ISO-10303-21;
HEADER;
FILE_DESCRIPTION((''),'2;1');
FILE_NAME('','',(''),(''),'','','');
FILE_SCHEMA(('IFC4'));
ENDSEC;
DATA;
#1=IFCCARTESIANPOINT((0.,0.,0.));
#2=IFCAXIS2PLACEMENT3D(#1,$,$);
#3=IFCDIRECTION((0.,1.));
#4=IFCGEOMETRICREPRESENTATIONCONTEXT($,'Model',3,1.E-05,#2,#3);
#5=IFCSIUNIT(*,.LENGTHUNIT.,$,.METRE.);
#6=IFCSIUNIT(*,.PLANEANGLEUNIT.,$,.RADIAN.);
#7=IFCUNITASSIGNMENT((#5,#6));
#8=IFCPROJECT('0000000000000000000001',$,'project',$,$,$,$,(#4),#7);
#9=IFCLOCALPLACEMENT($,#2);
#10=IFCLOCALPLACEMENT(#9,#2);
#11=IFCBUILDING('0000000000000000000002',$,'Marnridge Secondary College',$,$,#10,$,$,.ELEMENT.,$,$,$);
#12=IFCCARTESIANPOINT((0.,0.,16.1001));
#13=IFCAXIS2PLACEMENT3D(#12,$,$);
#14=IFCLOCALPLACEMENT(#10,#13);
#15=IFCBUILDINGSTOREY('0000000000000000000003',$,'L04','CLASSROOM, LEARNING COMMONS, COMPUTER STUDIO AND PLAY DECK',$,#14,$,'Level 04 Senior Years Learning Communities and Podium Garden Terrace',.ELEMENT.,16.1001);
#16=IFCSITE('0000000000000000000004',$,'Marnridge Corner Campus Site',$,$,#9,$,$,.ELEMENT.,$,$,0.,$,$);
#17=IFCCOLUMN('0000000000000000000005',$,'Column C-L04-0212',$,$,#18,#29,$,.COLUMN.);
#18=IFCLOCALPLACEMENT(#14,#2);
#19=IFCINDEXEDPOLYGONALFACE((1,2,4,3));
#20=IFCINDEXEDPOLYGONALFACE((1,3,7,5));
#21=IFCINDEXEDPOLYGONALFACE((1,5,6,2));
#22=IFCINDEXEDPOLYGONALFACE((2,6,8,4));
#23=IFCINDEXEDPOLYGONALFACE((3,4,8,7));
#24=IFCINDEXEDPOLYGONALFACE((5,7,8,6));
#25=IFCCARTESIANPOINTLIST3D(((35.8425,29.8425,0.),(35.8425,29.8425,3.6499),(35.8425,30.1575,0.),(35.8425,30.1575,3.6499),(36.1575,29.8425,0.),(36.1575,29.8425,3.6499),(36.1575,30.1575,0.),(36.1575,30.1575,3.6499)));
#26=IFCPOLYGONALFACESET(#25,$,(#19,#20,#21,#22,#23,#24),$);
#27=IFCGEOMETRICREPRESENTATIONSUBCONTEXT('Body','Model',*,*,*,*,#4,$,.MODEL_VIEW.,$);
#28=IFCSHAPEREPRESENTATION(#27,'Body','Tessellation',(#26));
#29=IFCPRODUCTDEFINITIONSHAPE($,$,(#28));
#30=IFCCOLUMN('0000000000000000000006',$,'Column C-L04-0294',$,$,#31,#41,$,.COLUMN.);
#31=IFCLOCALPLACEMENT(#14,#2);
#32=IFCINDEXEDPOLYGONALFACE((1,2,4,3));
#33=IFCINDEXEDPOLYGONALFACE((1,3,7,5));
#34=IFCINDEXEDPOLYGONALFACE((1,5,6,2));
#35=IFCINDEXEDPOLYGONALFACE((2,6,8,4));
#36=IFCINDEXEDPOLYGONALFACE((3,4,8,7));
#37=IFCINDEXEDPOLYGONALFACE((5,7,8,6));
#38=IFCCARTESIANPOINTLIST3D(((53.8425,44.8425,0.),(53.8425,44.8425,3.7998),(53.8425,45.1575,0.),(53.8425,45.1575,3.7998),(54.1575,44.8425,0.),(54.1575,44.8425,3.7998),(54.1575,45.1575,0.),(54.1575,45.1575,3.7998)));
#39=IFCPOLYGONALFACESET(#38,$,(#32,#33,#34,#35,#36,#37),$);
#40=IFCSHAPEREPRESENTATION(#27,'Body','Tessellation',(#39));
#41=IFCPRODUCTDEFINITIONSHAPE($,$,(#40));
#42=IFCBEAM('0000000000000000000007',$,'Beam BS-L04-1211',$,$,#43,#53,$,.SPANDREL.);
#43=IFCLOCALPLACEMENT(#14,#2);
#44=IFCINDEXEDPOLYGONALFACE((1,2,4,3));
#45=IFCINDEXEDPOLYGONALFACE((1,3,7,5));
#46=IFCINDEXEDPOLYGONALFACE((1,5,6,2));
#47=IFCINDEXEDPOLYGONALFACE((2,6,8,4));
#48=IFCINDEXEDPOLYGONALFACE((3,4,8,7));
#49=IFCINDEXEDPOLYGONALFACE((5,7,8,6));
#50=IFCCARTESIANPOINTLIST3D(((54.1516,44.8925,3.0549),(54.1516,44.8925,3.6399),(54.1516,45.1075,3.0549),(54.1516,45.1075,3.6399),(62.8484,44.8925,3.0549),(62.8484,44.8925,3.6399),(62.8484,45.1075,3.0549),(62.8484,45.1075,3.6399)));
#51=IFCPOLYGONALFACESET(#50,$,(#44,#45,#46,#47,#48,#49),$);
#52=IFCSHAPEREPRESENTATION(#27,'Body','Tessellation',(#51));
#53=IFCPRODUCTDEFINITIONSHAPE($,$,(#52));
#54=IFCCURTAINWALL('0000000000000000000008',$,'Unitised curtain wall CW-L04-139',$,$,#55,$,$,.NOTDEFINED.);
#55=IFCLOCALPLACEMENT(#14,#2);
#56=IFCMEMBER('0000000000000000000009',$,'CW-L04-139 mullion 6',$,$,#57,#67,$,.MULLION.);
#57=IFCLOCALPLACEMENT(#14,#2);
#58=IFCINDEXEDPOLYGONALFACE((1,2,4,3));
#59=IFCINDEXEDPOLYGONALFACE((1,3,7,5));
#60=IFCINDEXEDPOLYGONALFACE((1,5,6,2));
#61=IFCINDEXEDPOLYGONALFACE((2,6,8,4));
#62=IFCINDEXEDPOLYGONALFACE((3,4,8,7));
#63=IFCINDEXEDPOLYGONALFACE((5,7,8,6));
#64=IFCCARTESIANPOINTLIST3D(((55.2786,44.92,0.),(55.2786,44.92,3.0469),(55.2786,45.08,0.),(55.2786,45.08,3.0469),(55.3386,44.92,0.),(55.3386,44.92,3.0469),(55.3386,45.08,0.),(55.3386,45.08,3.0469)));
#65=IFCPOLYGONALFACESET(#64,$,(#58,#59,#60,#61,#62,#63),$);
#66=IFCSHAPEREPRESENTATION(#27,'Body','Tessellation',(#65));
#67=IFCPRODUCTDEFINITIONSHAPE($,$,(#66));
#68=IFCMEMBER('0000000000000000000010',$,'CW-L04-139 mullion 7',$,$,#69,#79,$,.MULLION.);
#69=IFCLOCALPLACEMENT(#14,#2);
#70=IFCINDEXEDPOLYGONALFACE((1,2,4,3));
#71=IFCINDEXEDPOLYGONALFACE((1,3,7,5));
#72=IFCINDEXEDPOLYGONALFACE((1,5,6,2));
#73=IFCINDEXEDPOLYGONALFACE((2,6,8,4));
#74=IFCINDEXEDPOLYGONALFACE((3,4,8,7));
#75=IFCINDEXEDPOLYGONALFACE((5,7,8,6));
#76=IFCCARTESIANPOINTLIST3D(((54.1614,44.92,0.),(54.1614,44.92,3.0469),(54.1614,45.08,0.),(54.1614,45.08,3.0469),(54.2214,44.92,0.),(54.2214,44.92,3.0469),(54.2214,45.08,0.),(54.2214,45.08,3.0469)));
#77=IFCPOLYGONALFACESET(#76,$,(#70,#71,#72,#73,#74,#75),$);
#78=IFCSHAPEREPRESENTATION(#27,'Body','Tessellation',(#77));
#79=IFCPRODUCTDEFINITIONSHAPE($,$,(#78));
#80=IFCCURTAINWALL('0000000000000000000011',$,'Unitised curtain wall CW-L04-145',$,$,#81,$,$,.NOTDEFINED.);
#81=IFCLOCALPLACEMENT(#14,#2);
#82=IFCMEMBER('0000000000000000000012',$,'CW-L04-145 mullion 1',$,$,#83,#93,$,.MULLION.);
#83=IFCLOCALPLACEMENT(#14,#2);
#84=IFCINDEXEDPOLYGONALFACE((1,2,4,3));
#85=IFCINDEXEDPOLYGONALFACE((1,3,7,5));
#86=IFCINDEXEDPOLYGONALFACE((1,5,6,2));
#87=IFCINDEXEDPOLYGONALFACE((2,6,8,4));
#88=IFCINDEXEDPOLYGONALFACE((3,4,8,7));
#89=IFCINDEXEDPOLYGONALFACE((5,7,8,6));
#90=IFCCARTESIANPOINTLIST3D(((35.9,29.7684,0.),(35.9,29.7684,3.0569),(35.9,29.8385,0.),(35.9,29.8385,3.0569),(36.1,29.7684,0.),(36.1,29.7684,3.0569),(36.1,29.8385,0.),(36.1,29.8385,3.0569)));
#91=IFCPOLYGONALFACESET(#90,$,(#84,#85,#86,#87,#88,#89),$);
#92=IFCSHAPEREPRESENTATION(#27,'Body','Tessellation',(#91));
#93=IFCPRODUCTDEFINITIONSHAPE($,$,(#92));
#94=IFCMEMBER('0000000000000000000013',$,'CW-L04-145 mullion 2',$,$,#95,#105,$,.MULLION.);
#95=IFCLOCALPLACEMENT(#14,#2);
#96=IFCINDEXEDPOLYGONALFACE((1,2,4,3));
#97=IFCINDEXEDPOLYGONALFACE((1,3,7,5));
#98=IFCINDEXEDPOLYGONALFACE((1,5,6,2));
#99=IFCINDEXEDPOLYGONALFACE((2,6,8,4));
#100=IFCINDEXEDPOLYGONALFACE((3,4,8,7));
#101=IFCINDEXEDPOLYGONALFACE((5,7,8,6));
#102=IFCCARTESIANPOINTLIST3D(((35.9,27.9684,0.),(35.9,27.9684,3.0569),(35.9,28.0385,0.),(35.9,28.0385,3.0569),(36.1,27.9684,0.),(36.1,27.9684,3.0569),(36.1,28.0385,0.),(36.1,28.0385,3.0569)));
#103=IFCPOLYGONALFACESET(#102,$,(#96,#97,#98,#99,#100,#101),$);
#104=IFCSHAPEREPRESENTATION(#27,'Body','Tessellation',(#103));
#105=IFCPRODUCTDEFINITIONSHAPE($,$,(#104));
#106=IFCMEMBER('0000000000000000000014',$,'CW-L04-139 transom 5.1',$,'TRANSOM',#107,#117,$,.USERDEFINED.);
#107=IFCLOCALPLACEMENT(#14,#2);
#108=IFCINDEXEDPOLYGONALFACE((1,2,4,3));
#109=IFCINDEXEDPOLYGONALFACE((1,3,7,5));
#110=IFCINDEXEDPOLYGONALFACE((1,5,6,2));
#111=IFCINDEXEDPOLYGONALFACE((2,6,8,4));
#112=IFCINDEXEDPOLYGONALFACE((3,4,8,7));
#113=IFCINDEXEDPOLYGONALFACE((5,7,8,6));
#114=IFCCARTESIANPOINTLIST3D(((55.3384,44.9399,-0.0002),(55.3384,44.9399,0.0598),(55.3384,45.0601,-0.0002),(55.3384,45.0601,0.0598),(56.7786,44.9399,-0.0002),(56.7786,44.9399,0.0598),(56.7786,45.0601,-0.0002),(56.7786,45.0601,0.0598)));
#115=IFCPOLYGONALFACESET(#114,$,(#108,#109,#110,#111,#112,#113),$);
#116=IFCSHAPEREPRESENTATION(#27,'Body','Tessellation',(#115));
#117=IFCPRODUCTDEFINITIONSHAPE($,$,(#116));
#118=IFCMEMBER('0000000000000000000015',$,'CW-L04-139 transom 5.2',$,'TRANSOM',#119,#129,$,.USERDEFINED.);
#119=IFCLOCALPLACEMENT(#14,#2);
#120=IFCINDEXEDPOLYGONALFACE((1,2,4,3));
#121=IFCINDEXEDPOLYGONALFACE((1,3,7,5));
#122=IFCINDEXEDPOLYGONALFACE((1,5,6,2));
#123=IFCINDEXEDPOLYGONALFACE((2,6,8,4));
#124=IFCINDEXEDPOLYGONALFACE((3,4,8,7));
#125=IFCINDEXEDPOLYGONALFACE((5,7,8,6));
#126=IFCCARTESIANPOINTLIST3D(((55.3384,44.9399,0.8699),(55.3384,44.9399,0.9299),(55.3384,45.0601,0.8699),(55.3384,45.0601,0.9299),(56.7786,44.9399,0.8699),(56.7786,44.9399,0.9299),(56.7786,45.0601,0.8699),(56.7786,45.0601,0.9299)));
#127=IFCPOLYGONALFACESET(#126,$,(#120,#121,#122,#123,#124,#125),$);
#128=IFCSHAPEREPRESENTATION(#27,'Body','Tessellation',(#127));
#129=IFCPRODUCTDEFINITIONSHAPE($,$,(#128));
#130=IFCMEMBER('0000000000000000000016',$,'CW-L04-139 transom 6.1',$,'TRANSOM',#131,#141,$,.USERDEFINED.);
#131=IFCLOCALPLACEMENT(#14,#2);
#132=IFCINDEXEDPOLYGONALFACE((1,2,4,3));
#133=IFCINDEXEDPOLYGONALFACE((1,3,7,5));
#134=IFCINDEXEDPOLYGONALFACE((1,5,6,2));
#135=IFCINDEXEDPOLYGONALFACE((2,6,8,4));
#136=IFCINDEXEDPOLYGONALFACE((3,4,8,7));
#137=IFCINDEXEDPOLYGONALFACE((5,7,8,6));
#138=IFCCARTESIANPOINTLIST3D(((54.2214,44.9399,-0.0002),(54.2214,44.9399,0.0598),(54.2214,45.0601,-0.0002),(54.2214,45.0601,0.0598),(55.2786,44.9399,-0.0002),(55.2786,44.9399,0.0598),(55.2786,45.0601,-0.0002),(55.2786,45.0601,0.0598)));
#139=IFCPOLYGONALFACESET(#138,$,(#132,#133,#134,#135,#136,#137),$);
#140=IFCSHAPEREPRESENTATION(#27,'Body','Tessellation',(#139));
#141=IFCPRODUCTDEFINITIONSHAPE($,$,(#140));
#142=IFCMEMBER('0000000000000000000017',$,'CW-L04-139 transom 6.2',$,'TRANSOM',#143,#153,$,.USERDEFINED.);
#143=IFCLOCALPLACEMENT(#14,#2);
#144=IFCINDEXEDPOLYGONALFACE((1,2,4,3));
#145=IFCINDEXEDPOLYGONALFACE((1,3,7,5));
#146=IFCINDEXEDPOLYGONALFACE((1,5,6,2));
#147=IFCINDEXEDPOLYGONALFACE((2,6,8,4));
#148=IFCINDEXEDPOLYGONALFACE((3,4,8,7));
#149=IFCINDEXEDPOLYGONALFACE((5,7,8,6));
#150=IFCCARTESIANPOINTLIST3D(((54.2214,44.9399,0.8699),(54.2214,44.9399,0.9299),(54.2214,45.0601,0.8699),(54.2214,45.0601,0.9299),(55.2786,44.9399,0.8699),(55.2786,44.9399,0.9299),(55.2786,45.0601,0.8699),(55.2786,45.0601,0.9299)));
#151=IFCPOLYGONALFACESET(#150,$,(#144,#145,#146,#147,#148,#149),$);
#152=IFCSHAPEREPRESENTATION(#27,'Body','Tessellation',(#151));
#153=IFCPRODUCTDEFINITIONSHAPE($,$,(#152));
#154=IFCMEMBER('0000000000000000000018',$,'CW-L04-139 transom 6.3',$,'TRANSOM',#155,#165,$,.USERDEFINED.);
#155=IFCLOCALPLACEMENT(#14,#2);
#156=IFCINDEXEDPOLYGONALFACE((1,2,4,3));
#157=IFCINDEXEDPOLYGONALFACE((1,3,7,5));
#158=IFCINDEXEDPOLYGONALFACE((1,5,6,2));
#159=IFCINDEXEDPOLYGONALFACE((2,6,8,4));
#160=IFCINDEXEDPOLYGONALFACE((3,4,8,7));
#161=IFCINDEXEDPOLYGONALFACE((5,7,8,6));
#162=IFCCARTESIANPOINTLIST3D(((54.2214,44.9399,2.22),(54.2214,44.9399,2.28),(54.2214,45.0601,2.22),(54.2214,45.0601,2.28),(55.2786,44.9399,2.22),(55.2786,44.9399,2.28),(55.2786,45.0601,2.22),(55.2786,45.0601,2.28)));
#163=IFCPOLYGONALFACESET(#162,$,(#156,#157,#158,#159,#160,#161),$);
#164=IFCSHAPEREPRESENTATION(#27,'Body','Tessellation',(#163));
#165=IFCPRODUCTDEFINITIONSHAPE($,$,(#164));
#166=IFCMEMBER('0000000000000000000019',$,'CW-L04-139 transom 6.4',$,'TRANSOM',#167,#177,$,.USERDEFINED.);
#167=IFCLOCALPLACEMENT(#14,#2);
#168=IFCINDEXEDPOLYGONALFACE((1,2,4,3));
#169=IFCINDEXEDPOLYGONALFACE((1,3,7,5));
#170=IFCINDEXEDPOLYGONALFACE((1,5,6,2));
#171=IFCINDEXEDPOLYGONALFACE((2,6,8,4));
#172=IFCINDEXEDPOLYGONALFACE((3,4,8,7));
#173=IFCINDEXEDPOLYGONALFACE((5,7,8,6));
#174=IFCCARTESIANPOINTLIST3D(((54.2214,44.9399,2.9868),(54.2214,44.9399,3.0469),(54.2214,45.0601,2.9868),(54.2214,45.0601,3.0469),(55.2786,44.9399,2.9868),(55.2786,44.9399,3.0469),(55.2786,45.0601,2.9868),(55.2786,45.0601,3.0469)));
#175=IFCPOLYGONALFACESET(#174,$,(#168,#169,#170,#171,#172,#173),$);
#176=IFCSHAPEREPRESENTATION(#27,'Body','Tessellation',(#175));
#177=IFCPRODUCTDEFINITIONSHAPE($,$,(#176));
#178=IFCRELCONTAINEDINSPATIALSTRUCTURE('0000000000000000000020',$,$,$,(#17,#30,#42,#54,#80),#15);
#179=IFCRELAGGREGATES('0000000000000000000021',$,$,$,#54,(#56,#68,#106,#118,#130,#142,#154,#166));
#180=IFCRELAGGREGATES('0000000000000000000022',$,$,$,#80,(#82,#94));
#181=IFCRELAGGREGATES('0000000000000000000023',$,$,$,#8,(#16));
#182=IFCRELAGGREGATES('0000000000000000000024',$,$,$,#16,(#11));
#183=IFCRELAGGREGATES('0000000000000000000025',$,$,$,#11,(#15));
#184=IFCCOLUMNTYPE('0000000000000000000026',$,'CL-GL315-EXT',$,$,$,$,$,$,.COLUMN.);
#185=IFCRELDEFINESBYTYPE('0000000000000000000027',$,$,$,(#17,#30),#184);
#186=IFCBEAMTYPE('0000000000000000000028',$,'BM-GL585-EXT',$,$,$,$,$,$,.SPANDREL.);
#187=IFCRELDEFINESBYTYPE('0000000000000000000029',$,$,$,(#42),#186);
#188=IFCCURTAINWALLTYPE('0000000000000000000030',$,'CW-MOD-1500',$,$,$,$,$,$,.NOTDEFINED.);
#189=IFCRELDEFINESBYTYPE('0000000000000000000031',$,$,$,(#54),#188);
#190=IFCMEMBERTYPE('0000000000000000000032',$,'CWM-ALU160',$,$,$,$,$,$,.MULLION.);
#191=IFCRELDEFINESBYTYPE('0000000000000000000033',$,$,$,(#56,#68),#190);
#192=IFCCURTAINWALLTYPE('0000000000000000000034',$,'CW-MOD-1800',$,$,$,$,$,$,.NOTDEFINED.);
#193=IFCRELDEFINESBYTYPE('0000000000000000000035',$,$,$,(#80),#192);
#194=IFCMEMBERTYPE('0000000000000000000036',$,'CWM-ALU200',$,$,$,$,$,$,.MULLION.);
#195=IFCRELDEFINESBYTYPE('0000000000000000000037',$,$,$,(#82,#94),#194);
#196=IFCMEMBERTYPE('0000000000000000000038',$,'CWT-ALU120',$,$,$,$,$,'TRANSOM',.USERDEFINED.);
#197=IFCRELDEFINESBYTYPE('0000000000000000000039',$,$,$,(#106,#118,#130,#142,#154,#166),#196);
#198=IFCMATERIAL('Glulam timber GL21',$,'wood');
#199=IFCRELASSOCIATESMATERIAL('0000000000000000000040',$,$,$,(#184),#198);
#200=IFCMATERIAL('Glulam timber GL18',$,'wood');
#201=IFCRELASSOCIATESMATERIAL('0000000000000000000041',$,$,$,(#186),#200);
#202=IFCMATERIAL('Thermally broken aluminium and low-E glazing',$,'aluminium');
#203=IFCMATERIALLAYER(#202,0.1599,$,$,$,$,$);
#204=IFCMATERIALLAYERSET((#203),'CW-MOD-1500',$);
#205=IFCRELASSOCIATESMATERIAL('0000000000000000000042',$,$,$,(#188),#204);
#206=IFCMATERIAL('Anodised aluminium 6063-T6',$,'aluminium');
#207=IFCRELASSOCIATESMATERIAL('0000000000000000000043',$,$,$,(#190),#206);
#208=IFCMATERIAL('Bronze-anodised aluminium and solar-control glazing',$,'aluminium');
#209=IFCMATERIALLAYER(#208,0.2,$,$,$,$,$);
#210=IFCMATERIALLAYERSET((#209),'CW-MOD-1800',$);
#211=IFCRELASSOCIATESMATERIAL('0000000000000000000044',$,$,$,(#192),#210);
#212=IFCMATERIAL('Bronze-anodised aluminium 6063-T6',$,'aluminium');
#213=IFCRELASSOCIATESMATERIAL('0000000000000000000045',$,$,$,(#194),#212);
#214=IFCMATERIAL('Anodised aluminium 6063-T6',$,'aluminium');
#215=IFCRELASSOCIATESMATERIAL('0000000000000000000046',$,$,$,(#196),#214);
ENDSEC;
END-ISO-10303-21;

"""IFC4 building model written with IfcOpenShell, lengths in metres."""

from ifc_helpers import new_model, si_unit, direction, frame, origin, origin_2d, place, context, subcontext, project, spatial, rectangle, extrude, material, layer, layer_set, material_profile, profile_set, type_object, element, aggregate, save


model = new_model("IFC4")

# Units and contexts
model_context = context("Model", 3, precision=1e-05, world=origin(), true_north=direction((0.0, 1.0)))
body_context = subcontext(model_context, "Body", "Model", "MODEL_VIEW")
ifc_project = project(units=[si_unit("LENGTHUNIT", "METRE"), si_unit("PLANEANGLEUNIT", "RADIAN")], contexts=[model_context])

# Site, building, storey
site_placement = place(None, origin())
site = spatial("IfcSite", under=ifc_project, at=site_placement, Name="Marnridge Corner Campus Site", CompositionType="ELEMENT", RefElevation=0.0)
building_placement = place(site_placement, origin())
building = spatial("IfcBuilding", under=site, at=building_placement, Name="Marnridge Secondary College", CompositionType="ELEMENT")
storey_placement = place(building_placement, frame((0.0, 0.0, 16.1001)))
storey = spatial("IfcBuildingStorey", under=building, at=storey_placement, Name="L04", Description="CLASSROOM, LEARNING COMMONS, COMPUTER STUDIO AND PLAY DECK", LongName="Level 04 Senior Years Learning Communities and Podium Garden Terrace", CompositionType="ELEMENT", Elevation=16.1001)

# Columns
ifc_material_1 = material(Name="Glulam timber GL21", Category="wood")
ifc_material_profile_1 = material_profile(ifc_material_1, rectangle(XDim=0.3149, YDim=0.3149, at=origin_2d()), Name="GL21 315x315")
ifc_profile_set_1 = profile_set([ifc_material_profile_1], Name="Glulam timber GL21")
column_type = type_object("IfcColumnType", Name="CL-GL315-EXT", PredefinedType="COLUMN", material=ifc_profile_set_1)
column_1_placement = place(storey_placement, frame((36.0, 30.0, 0.0), z_axis=(0.0, 0.0, 1.0), x_axis=(1.0, 0.0, 0.0)))
element("IfcColumn", 1, at=column_1_placement, inside=storey, type_object=column_type, Name="Column C-L04-0212", PredefinedType="COLUMN", context=body_context, shape_type="SweptSolid", body=[
    extrude(rectangle(XDim=0.3149, YDim=0.3149, at=origin_2d()), origin(), (0.0, 0.0, 1.0), 3.6499),
])
column_2_placement = place(storey_placement, frame((54.0, 45.0, 0.0), z_axis=(0.0, 0.0, 1.0), x_axis=(1.0, 0.0, 0.0)))
element("IfcColumn", 2, at=column_2_placement, inside=storey, type_object=column_type, Name="Column C-L04-0294", PredefinedType="COLUMN", context=body_context, shape_type="SweptSolid", body=[
    extrude(rectangle(XDim=0.3149, YDim=0.3149, at=origin_2d()), origin(), (0.0, 0.0, 1.0), 3.7998),
])

# Beam
ifc_material_2 = material(Name="Glulam timber GL18", Category="wood")
ifc_material_profile_2 = material_profile(ifc_material_2, rectangle(XDim=0.2151, YDim=0.585, at=origin_2d()), Name="GL18 215x585")
ifc_profile_set_2 = profile_set([ifc_material_profile_2], Name="Glulam timber GL18")
beam_type = type_object("IfcBeamType", Name="BM-GL585-EXT", PredefinedType="SPANDREL", material=ifc_profile_set_2)
beam_placement = place(storey_placement, frame((54.1516, 45.0, 3.3474), z_axis=(1.0, 0.0, 0.0), x_axis=(0.0, 1.0, 0.0)))
element("IfcBeam", 3, at=beam_placement, inside=storey, type_object=beam_type, Name="Beam BS-L04-1211", PredefinedType="SPANDREL", context=body_context, shape_type="SweptSolid", body=[
    extrude(rectangle(XDim=0.2151, YDim=0.585, at=origin_2d()), origin(), (0.0, 0.0, 1.0), 8.6968),
])

# Curtain walls, members
ifc_material_3 = material(Name="Thermally broken aluminium and low-E glazing", Category="aluminium")
ifc_layer_1 = layer(ifc_material_3, 0.1599)
ifc_layer_set_1 = layer_set([ifc_layer_1], Name="CW-MOD-1500")
curtain_wall_type_1 = type_object("IfcCurtainWallType", Name="CW-MOD-1500", PredefinedType="NOTDEFINED", material=ifc_layer_set_1)
curtain_wall_1_placement = place(storey_placement, origin())
curtain_wall_1 = element("IfcCurtainWall", 4, at=curtain_wall_1_placement, inside=storey, type_object=curtain_wall_type_1, Name="Unitised curtain wall CW-L04-139", PredefinedType="NOTDEFINED")
ifc_material_4 = material(Name="Anodised aluminium 6063-T6", Category="aluminium")
ifc_material_profile_3 = material_profile(ifc_material_4, rectangle(XDim=0.0601, YDim=0.1599, at=origin_2d()), Name="ALU 60x160")
ifc_profile_set_3 = profile_set([ifc_material_profile_3], Name="Anodised aluminium 6063-T6")
member_type_1 = type_object("IfcMemberType", Name="CWM-ALU160", PredefinedType="MULLION", material=ifc_profile_set_3)
member_1_placement = place(storey_placement, frame((55.3086, 45.0, 0.0), z_axis=(0.0, 0.0, 1.0), x_axis=(-1.0, 0.0, 0.0)))
member_1 = element("IfcMember", 5, at=member_1_placement, type_object=member_type_1, Name="CW-L04-139 mullion 6", PredefinedType="MULLION", context=body_context, shape_type="SweptSolid", body=[
    extrude(rectangle(XDim=0.0601, YDim=0.1599, at=origin_2d()), origin(), (0.0, 0.0, 1.0), 3.0469),
])
member_2_placement = place(storey_placement, frame((54.1914, 45.0, 0.0), z_axis=(0.0, 0.0, 1.0), x_axis=(-1.0, 0.0, 0.0)))
member_2 = element("IfcMember", 6, at=member_2_placement, type_object=member_type_1, Name="CW-L04-139 mullion 7", PredefinedType="MULLION", context=body_context, shape_type="SweptSolid", body=[
    extrude(rectangle(XDim=0.0601, YDim=0.1599, at=origin_2d()), origin(), (0.0, 0.0, 1.0), 3.0469),
])
ifc_material_5 = material(Name="Bronze-anodised aluminium and solar-control glazing", Category="aluminium")
ifc_layer_2 = layer(ifc_material_5, 0.2)
ifc_layer_set_2 = layer_set([ifc_layer_2], Name="CW-MOD-1800")
curtain_wall_type_2 = type_object("IfcCurtainWallType", Name="CW-MOD-1800", PredefinedType="NOTDEFINED", material=ifc_layer_set_2)
curtain_wall_2_placement = place(storey_placement, origin())
curtain_wall_2 = element("IfcCurtainWall", 7, at=curtain_wall_2_placement, inside=storey, type_object=curtain_wall_type_2, Name="Unitised curtain wall CW-L04-145", PredefinedType="NOTDEFINED")
ifc_material_6 = material(Name="Bronze-anodised aluminium 6063-T6", Category="aluminium")
ifc_material_profile_4 = material_profile(ifc_material_6, rectangle(XDim=0.0701, YDim=0.2, at=origin_2d()), Name="ALU 70x200")
ifc_profile_set_4 = profile_set([ifc_material_profile_4], Name="Bronze-anodised aluminium 6063-T6")
member_type_2 = type_object("IfcMemberType", Name="CWM-ALU200", PredefinedType="MULLION", material=ifc_profile_set_4)
member_3_placement = place(storey_placement, frame((36.0, 29.8035, 0.0), z_axis=(0.0, 0.0, 1.0), x_axis=(0.0, -1.0, 0.0)))
member_3 = element("IfcMember", 8, at=member_3_placement, type_object=member_type_2, Name="CW-L04-145 mullion 1", PredefinedType="MULLION", context=body_context, shape_type="SweptSolid", body=[
    extrude(rectangle(XDim=0.0701, YDim=0.2, at=origin_2d()), origin(), (0.0, 0.0, 1.0), 3.0569),
])
member_4_placement = place(storey_placement, frame((36.0, 28.0034, 0.0), z_axis=(0.0, 0.0, 1.0), x_axis=(0.0, -1.0, 0.0)))
member_4 = element("IfcMember", 9, at=member_4_placement, type_object=member_type_2, Name="CW-L04-145 mullion 2", PredefinedType="MULLION", context=body_context, shape_type="SweptSolid", body=[
    extrude(rectangle(XDim=0.0701, YDim=0.2, at=origin_2d()), origin(), (0.0, 0.0, 1.0), 3.0569),
])

# Members
ifc_material_7 = material(Name="Anodised aluminium 6063-T6", Category="aluminium")
ifc_material_profile_5 = material_profile(ifc_material_7, rectangle(XDim=0.0601, YDim=0.1201, at=origin_2d()), Name="ALU 60x120")
ifc_profile_set_5 = profile_set([ifc_material_profile_5], Name="Anodised aluminium 6063-T6")
member_type_3 = type_object("IfcMemberType", Name="CWT-ALU120", ElementType="TRANSOM", PredefinedType="USERDEFINED", material=ifc_profile_set_5)
member_5_placement = place(storey_placement, frame((56.7786, 45.0, 0.0298), z_axis=(-1.0, 0.0, 0.0), x_axis=(0.0, 0.0, 1.0)))
member_5 = element("IfcMember", 10, at=member_5_placement, type_object=member_type_3, Name="CW-L04-139 transom 5.1", ObjectType="TRANSOM", PredefinedType="USERDEFINED", context=body_context, shape_type="SweptSolid", body=[
    extrude(rectangle(XDim=0.0601, YDim=0.1201, at=origin_2d()), origin(), (0.0, 0.0, 1.0), 1.4402),
])
member_6_placement = place(storey_placement, frame((56.7786, 45.0, 0.8999), z_axis=(-1.0, 0.0, 0.0), x_axis=(0.0, 0.0, 1.0)))
member_6 = element("IfcMember", 11, at=member_6_placement, type_object=member_type_3, Name="CW-L04-139 transom 5.2", ObjectType="TRANSOM", PredefinedType="USERDEFINED", context=body_context, shape_type="SweptSolid", body=[
    extrude(rectangle(XDim=0.0601, YDim=0.1201, at=origin_2d()), origin(), (0.0, 0.0, 1.0), 1.4402),
])
member_7_placement = place(storey_placement, frame((55.2786, 45.0, 0.0298), z_axis=(-1.0, 0.0, 0.0), x_axis=(0.0, 0.0, 1.0)))
member_7 = element("IfcMember", 12, at=member_7_placement, type_object=member_type_3, Name="CW-L04-139 transom 6.1", ObjectType="TRANSOM", PredefinedType="USERDEFINED", context=body_context, shape_type="SweptSolid", body=[
    extrude(rectangle(XDim=0.0601, YDim=0.1201, at=origin_2d()), origin(), (0.0, 0.0, 1.0), 1.0571),
])
member_8_placement = place(storey_placement, frame((55.2786, 45.0, 0.8999), z_axis=(-1.0, 0.0, 0.0), x_axis=(0.0, 0.0, 1.0)))
member_8 = element("IfcMember", 13, at=member_8_placement, type_object=member_type_3, Name="CW-L04-139 transom 6.2", ObjectType="TRANSOM", PredefinedType="USERDEFINED", context=body_context, shape_type="SweptSolid", body=[
    extrude(rectangle(XDim=0.0601, YDim=0.1201, at=origin_2d()), origin(), (0.0, 0.0, 1.0), 1.0571),
])
member_9_placement = place(storey_placement, frame((55.2786, 45.0, 2.25), z_axis=(-1.0, 0.0, 0.0), x_axis=(0.0, 0.0, 1.0)))
member_9 = element("IfcMember", 14, at=member_9_placement, type_object=member_type_3, Name="CW-L04-139 transom 6.3", ObjectType="TRANSOM", PredefinedType="USERDEFINED", context=body_context, shape_type="SweptSolid", body=[
    extrude(rectangle(XDim=0.0601, YDim=0.1201, at=origin_2d()), origin(), (0.0, 0.0, 1.0), 1.0571),
])
member_10_placement = place(storey_placement, frame((55.2786, 45.0, 3.0168), z_axis=(-1.0, 0.0, 0.0), x_axis=(0.0, 0.0, 1.0)))
member_10 = element("IfcMember", 15, at=member_10_placement, type_object=member_type_3, Name="CW-L04-139 transom 6.4", ObjectType="TRANSOM", PredefinedType="USERDEFINED", context=body_context, shape_type="SweptSolid", body=[
    extrude(rectangle(XDim=0.0601, YDim=0.1201, at=origin_2d()), origin(), (0.0, 0.0, 1.0), 1.0571),
])

aggregate(curtain_wall_1, [member_1, member_2, member_5, member_6, member_7, member_8, member_9, member_10])
aggregate(curtain_wall_2, [member_3, member_4])

save(model, "model.ifc")
